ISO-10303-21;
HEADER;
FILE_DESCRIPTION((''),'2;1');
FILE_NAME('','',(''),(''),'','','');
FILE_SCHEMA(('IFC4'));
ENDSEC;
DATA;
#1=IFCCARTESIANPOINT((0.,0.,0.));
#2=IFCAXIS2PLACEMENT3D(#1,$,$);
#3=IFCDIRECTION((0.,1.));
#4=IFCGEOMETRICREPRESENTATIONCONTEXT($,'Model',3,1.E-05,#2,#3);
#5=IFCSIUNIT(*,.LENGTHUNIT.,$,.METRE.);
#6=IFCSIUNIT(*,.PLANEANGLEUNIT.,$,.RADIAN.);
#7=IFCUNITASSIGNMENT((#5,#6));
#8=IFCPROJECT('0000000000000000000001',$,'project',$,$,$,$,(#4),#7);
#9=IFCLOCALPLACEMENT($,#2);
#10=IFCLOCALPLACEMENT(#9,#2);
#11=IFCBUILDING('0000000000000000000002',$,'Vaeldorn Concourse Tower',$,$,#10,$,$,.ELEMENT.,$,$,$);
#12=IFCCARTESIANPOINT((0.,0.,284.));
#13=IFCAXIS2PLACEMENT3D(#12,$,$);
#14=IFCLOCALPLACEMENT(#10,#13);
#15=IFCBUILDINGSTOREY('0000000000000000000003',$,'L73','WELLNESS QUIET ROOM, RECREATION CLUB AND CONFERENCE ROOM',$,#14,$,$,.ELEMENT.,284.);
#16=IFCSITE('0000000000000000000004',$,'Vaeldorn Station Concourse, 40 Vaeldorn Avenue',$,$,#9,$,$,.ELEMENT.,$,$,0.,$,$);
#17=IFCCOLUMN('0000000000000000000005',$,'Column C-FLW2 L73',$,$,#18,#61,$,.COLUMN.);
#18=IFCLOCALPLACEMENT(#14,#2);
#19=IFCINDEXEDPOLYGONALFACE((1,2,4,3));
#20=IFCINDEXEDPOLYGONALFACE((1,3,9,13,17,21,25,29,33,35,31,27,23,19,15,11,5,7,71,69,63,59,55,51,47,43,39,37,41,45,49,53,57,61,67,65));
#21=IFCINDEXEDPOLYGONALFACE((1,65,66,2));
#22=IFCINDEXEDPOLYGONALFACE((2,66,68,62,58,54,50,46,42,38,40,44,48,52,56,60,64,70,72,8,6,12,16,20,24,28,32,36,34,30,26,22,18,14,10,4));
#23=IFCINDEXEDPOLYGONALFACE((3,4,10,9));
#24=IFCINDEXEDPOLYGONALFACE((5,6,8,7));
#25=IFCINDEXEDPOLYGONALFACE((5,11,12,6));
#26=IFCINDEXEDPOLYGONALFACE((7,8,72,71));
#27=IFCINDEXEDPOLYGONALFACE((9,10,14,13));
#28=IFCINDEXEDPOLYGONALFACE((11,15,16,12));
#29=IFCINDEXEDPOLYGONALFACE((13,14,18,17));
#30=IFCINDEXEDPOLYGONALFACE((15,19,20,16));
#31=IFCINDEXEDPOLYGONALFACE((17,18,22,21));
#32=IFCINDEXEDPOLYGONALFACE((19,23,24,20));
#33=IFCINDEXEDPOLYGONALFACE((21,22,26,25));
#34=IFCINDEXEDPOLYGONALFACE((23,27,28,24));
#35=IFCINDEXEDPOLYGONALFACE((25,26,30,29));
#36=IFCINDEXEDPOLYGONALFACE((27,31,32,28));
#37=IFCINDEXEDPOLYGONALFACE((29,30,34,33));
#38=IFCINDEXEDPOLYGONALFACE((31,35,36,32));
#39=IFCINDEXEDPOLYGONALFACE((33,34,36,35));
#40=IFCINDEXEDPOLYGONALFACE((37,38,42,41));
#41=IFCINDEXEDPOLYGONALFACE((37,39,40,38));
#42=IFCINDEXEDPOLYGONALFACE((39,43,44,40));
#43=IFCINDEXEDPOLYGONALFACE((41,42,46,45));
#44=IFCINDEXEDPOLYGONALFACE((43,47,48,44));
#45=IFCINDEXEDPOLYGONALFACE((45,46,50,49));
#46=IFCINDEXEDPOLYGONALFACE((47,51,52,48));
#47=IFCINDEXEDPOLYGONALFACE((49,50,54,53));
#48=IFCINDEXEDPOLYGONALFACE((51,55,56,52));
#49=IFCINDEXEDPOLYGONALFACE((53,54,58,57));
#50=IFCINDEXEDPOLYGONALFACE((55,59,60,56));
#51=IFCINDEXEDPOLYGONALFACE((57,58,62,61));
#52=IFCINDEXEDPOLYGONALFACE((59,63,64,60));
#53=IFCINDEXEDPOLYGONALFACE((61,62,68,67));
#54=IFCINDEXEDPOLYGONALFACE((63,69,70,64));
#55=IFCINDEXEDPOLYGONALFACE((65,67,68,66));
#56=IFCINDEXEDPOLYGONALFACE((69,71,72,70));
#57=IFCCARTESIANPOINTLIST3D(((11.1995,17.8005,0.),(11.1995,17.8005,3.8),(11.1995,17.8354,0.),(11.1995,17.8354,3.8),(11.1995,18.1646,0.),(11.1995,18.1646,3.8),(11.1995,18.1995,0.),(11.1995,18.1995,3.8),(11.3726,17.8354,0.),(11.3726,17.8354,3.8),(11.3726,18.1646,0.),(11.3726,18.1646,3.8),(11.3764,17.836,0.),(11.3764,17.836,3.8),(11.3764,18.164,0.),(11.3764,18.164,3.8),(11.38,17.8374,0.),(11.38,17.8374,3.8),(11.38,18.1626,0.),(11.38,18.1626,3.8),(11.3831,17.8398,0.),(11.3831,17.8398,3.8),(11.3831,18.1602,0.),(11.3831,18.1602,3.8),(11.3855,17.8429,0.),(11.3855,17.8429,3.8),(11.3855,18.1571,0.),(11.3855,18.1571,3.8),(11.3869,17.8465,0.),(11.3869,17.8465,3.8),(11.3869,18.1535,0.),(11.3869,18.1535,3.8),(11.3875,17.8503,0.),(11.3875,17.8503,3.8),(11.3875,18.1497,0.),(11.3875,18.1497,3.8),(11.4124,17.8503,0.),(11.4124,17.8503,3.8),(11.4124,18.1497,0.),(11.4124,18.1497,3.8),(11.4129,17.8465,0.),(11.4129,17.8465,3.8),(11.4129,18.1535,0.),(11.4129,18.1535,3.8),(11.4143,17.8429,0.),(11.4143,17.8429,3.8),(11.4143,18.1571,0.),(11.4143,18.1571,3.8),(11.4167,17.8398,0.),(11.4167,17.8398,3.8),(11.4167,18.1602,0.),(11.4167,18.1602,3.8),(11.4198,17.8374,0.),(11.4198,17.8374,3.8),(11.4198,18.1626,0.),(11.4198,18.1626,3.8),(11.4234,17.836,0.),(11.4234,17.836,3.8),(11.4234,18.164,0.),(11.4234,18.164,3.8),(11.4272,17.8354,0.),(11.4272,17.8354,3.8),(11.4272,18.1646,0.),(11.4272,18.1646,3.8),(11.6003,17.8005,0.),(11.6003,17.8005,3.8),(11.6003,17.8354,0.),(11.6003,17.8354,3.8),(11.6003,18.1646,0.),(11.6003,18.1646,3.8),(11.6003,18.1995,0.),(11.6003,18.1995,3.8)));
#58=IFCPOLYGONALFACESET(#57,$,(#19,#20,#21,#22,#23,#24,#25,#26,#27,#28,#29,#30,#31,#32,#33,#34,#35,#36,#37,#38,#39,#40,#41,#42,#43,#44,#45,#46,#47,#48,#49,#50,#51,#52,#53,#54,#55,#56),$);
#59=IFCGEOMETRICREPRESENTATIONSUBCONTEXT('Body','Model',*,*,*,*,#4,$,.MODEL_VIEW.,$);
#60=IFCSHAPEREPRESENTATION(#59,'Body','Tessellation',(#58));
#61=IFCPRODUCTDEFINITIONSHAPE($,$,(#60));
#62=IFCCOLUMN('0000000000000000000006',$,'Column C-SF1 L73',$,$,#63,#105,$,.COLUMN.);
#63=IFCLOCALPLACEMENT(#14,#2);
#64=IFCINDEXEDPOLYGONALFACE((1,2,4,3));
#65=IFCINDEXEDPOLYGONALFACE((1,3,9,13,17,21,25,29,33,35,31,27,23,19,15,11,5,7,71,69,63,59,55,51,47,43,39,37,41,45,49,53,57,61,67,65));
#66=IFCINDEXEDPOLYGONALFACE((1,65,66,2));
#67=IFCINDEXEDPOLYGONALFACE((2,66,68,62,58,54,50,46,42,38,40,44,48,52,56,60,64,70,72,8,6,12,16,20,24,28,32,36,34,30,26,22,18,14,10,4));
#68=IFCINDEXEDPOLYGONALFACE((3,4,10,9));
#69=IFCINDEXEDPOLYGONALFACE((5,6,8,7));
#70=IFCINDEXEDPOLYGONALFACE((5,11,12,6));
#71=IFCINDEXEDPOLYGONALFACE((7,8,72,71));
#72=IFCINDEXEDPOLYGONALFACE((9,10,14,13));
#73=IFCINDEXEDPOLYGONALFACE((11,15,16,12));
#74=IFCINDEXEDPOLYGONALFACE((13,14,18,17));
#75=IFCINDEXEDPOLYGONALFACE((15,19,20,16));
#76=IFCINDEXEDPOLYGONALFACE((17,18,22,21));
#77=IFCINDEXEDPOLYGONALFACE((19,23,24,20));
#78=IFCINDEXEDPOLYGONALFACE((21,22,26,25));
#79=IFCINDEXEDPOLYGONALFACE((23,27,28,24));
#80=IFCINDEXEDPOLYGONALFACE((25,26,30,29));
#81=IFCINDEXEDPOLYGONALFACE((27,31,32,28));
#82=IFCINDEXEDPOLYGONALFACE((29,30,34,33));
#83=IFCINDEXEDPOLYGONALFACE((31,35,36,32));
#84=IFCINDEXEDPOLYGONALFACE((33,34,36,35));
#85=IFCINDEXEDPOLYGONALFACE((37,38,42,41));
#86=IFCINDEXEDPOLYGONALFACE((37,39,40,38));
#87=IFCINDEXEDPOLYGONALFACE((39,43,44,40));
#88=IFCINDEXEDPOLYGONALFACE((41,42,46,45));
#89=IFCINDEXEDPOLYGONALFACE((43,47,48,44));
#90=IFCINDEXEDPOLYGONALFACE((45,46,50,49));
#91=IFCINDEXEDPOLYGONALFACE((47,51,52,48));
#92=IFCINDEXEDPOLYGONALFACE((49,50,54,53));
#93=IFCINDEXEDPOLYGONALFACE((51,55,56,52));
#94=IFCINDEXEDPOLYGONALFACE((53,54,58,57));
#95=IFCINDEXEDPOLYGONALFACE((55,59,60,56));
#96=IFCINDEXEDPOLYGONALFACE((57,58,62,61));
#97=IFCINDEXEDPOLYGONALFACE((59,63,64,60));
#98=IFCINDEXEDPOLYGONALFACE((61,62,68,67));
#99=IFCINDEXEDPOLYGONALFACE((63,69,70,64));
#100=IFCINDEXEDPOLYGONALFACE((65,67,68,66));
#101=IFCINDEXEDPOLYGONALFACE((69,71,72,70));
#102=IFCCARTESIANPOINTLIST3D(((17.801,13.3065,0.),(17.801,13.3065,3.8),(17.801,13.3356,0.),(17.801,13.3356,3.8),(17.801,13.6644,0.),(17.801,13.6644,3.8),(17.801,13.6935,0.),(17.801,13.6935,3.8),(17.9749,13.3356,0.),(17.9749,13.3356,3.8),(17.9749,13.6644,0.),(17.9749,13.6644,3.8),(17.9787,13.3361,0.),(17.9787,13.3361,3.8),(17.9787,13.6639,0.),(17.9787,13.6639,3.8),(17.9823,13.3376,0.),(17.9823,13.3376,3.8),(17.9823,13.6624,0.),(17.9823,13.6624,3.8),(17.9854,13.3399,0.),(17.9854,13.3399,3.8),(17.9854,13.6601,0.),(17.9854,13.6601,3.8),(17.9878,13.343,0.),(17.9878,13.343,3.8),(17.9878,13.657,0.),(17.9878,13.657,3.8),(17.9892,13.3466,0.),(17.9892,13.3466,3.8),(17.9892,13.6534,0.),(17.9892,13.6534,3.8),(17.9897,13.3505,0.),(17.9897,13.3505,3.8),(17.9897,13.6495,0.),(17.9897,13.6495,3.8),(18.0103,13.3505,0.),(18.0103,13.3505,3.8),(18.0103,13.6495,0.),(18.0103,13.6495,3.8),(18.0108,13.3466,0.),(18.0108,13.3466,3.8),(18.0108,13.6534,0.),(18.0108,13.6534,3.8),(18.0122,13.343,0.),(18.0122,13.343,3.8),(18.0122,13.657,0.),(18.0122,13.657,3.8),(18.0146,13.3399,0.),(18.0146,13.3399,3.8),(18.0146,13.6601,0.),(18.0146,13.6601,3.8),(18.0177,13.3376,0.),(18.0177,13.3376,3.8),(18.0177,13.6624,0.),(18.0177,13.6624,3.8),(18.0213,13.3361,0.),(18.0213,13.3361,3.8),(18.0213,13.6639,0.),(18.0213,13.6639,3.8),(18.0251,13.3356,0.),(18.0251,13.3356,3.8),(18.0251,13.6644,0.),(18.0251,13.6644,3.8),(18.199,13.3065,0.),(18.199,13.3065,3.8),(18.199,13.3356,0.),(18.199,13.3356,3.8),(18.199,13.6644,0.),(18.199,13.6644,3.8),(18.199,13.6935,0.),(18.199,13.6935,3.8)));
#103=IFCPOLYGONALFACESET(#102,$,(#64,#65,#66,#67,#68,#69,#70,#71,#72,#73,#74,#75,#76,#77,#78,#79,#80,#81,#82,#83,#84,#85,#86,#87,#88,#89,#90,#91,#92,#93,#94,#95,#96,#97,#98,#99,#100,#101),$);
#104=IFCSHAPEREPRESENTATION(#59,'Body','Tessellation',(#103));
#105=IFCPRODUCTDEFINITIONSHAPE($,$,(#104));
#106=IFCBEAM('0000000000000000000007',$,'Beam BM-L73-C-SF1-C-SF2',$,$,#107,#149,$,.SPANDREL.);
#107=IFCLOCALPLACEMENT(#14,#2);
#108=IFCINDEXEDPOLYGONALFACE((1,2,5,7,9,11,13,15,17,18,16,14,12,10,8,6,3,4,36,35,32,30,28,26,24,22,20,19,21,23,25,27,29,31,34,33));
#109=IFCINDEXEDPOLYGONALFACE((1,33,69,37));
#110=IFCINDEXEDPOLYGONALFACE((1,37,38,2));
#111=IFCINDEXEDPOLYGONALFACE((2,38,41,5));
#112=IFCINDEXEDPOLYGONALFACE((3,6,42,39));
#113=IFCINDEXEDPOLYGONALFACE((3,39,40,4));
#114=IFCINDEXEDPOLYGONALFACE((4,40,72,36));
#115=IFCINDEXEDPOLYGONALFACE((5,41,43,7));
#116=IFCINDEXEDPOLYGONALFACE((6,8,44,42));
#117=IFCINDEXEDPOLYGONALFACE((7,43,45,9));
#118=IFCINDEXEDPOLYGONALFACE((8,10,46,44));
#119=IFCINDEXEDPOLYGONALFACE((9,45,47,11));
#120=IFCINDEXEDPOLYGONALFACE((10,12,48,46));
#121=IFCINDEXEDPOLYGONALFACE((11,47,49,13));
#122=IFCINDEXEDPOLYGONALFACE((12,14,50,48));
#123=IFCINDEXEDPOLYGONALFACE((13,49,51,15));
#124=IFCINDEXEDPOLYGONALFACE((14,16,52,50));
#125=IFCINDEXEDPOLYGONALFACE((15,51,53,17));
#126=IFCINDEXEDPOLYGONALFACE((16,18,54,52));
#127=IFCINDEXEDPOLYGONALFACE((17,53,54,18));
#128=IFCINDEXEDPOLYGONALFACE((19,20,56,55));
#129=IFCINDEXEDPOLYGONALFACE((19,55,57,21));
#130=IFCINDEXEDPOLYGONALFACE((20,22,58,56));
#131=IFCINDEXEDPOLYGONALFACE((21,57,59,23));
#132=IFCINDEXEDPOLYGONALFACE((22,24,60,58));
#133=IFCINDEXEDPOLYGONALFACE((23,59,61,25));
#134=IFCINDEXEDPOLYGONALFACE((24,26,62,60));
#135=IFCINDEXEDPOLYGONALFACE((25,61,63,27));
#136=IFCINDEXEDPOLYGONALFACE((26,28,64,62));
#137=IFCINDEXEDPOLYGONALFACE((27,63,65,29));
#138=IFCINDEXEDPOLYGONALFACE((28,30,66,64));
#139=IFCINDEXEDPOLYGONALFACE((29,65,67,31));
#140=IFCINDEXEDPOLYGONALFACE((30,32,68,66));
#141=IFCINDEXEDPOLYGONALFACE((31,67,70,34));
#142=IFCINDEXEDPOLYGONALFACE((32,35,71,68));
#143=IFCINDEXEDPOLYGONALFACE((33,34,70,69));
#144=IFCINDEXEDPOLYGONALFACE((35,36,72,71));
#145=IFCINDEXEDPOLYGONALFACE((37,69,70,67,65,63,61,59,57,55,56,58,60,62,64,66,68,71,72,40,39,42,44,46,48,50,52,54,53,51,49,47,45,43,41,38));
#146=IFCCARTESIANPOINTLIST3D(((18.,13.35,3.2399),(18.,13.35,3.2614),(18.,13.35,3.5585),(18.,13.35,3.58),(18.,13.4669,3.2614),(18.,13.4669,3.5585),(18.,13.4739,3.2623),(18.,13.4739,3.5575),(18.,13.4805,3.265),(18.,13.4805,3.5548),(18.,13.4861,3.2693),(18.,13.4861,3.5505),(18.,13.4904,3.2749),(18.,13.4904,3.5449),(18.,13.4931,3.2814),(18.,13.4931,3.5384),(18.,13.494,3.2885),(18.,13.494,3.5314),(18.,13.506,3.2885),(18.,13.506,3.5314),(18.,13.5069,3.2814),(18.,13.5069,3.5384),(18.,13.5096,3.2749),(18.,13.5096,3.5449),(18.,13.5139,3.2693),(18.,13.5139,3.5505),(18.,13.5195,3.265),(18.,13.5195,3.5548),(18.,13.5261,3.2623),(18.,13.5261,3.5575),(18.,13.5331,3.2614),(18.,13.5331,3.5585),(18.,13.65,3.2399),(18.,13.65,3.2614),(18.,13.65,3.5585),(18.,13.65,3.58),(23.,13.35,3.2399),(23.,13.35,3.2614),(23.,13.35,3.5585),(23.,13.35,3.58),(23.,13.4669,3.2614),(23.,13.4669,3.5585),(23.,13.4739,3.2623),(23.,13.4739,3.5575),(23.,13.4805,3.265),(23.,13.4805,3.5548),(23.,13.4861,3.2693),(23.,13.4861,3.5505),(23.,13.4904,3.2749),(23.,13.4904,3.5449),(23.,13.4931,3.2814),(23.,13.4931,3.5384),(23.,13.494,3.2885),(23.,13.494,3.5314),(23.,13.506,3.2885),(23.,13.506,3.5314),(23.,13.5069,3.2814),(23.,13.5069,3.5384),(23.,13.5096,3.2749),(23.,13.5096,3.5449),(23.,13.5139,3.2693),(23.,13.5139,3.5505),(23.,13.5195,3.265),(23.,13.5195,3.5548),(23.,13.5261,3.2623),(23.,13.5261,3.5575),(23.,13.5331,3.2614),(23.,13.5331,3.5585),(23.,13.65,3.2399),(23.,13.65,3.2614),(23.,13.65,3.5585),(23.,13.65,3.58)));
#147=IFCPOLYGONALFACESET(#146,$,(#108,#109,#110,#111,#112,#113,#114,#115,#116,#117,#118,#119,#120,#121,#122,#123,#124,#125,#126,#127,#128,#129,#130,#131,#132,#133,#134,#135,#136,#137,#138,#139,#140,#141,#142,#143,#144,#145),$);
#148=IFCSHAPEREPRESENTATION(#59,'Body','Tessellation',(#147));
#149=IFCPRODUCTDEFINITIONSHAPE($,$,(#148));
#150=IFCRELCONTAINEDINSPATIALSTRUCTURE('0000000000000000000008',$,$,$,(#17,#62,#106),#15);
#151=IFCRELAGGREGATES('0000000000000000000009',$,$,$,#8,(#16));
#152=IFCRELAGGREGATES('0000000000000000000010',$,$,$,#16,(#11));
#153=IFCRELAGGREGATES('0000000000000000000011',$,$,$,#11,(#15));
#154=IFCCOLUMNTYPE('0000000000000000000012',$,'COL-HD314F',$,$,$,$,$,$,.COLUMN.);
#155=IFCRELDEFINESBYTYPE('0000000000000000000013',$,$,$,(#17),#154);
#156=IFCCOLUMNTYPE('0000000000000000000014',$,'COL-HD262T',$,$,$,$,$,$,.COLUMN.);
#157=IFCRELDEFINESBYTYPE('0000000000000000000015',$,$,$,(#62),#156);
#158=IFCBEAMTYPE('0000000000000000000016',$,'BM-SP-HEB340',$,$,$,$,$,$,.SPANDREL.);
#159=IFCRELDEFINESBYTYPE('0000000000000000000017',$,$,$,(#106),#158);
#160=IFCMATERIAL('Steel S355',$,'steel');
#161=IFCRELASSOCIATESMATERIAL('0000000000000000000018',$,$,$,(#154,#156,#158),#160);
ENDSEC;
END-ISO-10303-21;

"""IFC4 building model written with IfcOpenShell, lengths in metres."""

from ifc_helpers import new_model, si_unit, direction, frame, origin, origin_2d, place, context, subcontext, project, spatial, i_section, extrude, source, transform, mapped, material, material_profile, profile_set, type_object, element, save


model = new_model("IFC4")

# Units and contexts
model_context = context("Model", 3, precision=1e-05, world=origin(), true_north=direction((0.0, 1.0)))
body_context = subcontext(model_context, "Body", "Model", "MODEL_VIEW")
ifc_project = project(units=[si_unit("LENGTHUNIT", "METRE"), si_unit("PLANEANGLEUNIT", "RADIAN")], contexts=[model_context])

# Site, building, storey
site_placement = place(None, origin())
site = spatial("IfcSite", under=ifc_project, at=site_placement, Name="Vaeldorn Station Concourse, 40 Vaeldorn Avenue", CompositionType="ELEMENT", RefElevation=0.0)
building_placement = place(site_placement, origin())
building = spatial("IfcBuilding", under=site, at=building_placement, Name="Vaeldorn Concourse Tower", CompositionType="ELEMENT")
storey_placement = place(building_placement, frame((0.0, 0.0, 284.0)))
storey = spatial("IfcBuildingStorey", under=building, at=storey_placement, Name="L73", Description="WELLNESS QUIET ROOM, RECREATION CLUB AND CONFERENCE ROOM", CompositionType="ELEMENT", Elevation=284.0)

# Columns
ifc_material_1 = material(Name="Steel S355", Category="steel")
ifc_material_profile_1 = material_profile(ifc_material_1, i_section(OverallWidth=0.4009, OverallDepth=0.3989, WebThickness=0.0249, FlangeThickness=0.0349, FilletRadius=0.0149, at=origin_2d()), Name="HD 400x314")
ifc_profile_set_1 = profile_set([ifc_material_profile_1], Name="Steel S355")
column_type_1 = type_object("IfcColumnType", Name="COL-HD314F", PredefinedType="COLUMN", material=ifc_profile_set_1)
shared_shape_1 = source(origin(), body_context, "Body", "SweptSolid", [
    extrude(i_section(OverallWidth=0.4009, OverallDepth=0.3989, WebThickness=0.0249, FlangeThickness=0.0349, FilletRadius=0.0149, at=origin_2d()), origin(), (0.0, 0.0, 1.0), 3.8),
])
column_1_placement = place(storey_placement, frame((11.3999, 18.0, 0.0), z_axis=(0.0, 0.0, 1.0), x_axis=(1.0, 0.0, 0.0)))
element("IfcColumn", 1, at=column_1_placement, inside=storey, type_object=column_type_1, Name="Column C-FLW2 L73", PredefinedType="COLUMN", context=body_context, shape_type="MappedRepresentation", body=[
    mapped(shared_shape_1, transform((0.0, 0.0, 0.0), scale=1.0)),
])
ifc_material_profile_2 = material_profile(ifc_material_1, i_section(OverallWidth=0.3979, OverallDepth=0.387, WebThickness=0.0205, FlangeThickness=0.0291, FilletRadius=0.0149, at=origin_2d()), Name="HD 400x262")
ifc_profile_set_2 = profile_set([ifc_material_profile_2], Name="Steel S355")
column_type_2 = type_object("IfcColumnType", Name="COL-HD262T", PredefinedType="COLUMN", material=ifc_profile_set_2)
shared_shape_2 = source(origin(), body_context, "Body", "SweptSolid", [
    extrude(i_section(OverallWidth=0.3979, OverallDepth=0.387, WebThickness=0.0205, FlangeThickness=0.0291, FilletRadius=0.0149, at=origin_2d()), origin(), (0.0, 0.0, 1.0), 3.8),
])
column_2_placement = place(storey_placement, frame((18.0, 13.5, 0.0), z_axis=(0.0, 0.0, 1.0), x_axis=(1.0, 0.0, 0.0)))
element("IfcColumn", 2, at=column_2_placement, inside=storey, type_object=column_type_2, Name="Column C-SF1 L73", PredefinedType="COLUMN", context=body_context, shape_type="MappedRepresentation", body=[
    mapped(shared_shape_2, transform((0.0, 0.0, 0.0), scale=1.0)),
])

# Beam
ifc_material_profile_3 = material_profile(ifc_material_1, i_section(OverallWidth=0.3, OverallDepth=0.3401, WebThickness=0.012, FlangeThickness=0.0215, FilletRadius=0.0271, at=origin_2d()), Name="HEB 340")
ifc_profile_set_3 = profile_set([ifc_material_profile_3], Name="Steel S355")
beam_type_1 = type_object("IfcBeamType", Name="BM-SP-HEB340", PredefinedType="SPANDREL", material=ifc_profile_set_3)
shared_shape_3 = source(origin(), body_context, "Body", "SweptSolid", [
    extrude(i_section(OverallWidth=0.3, OverallDepth=0.3401, WebThickness=0.012, FlangeThickness=0.0215, FilletRadius=0.0271, at=origin_2d()), origin(), (0.0, 0.0, 1.0), 5.0),
])
beam_1_placement = place(storey_placement, frame((18.0, 13.5, 3.4099), z_axis=(1.0, 0.0, 0.0), x_axis=(0.0, 1.0, 0.0)))
element("IfcBeam", 3, at=beam_1_placement, inside=storey, type_object=beam_type_1, Name="Beam BM-L73-C-SF1-C-SF2", PredefinedType="SPANDREL", context=body_context, shape_type="MappedRepresentation", body=[
    mapped(shared_shape_3, transform((0.0, 0.0, 0.0), scale=1.0)),
])

save(model, "model.ifc")
